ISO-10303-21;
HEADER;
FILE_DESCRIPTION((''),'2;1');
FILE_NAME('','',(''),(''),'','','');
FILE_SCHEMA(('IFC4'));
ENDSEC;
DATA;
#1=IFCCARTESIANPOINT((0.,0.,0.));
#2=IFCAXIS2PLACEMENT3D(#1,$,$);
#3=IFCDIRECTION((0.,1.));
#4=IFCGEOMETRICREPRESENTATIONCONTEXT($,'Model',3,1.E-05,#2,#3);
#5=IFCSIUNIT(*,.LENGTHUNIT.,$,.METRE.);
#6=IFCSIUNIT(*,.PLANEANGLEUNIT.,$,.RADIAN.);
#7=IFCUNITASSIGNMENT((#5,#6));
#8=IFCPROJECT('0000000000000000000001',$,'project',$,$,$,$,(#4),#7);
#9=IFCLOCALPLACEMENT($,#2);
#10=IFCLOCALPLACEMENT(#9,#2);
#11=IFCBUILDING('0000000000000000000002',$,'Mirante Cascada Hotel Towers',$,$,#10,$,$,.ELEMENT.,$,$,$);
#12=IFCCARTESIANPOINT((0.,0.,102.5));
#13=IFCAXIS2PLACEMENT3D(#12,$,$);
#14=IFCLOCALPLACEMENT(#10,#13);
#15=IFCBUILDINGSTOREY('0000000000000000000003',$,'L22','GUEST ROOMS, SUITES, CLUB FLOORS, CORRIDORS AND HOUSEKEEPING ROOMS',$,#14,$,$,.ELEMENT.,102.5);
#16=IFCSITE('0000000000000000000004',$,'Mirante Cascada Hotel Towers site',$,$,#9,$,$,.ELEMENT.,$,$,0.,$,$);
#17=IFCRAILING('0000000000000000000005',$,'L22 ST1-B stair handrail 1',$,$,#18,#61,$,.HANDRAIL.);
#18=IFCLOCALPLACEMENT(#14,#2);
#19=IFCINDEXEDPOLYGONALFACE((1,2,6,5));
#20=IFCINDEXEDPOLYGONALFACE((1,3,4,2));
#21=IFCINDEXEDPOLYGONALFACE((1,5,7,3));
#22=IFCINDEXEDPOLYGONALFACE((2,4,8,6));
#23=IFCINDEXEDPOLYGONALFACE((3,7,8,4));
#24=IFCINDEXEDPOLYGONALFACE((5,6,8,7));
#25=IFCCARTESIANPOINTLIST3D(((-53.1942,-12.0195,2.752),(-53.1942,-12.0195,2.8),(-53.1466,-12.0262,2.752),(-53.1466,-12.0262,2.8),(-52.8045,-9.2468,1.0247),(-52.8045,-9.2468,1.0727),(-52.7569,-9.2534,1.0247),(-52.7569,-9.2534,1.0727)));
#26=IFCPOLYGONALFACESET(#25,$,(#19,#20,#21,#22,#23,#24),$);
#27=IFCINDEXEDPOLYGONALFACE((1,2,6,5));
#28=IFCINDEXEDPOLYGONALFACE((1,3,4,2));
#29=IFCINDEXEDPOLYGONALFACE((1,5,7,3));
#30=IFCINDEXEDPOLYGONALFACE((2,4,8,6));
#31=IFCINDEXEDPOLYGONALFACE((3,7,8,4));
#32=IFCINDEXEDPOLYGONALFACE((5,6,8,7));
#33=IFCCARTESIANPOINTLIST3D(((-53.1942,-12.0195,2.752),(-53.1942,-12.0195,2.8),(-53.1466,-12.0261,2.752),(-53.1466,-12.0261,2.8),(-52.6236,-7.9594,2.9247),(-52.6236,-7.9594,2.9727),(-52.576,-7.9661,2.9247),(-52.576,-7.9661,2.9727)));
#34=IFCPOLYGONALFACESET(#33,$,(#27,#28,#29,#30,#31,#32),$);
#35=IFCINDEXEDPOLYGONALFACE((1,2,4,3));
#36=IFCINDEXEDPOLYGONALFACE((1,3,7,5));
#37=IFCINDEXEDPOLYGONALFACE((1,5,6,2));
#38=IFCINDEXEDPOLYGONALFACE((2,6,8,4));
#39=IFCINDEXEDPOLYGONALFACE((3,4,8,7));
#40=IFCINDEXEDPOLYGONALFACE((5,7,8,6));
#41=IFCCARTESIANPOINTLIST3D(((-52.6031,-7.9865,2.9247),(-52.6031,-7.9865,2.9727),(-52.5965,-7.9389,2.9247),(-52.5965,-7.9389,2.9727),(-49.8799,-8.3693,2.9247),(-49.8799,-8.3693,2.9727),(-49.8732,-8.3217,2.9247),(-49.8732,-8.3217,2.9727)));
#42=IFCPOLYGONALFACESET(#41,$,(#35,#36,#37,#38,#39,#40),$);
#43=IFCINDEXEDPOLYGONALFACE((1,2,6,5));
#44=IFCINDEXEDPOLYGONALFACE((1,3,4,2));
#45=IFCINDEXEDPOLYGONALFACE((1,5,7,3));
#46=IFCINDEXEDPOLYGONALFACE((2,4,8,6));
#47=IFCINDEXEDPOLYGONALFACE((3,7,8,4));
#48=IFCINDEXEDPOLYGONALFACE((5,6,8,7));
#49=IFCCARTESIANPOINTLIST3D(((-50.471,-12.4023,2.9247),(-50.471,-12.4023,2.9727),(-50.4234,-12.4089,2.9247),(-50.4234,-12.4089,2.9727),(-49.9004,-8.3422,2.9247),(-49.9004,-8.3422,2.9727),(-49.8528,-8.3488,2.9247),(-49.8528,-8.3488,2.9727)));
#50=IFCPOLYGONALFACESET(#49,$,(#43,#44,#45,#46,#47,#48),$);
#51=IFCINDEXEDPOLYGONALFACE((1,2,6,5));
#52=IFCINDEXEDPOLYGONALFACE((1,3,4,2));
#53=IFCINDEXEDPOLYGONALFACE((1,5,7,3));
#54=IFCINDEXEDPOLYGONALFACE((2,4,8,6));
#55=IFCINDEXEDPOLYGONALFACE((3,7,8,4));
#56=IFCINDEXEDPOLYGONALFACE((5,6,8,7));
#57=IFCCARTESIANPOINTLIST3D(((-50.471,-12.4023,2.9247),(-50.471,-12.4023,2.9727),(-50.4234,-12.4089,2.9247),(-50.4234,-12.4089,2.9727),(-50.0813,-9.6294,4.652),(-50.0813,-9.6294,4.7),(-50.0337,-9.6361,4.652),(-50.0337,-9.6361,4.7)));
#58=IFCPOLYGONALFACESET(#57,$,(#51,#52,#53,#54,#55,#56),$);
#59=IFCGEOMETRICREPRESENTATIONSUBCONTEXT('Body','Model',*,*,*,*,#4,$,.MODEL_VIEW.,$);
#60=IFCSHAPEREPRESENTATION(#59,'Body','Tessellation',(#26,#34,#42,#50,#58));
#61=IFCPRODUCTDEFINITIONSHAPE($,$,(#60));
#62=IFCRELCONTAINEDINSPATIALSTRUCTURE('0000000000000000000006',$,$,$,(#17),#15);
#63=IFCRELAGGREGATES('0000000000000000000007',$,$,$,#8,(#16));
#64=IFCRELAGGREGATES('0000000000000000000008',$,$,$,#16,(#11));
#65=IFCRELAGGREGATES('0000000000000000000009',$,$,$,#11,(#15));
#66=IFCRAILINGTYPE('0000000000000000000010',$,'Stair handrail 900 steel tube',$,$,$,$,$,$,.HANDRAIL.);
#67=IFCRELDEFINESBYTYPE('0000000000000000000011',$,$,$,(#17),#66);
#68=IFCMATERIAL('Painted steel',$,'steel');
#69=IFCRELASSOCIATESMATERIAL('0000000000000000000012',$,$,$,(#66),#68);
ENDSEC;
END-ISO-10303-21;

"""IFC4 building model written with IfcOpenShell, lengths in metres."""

from ifc_helpers import new_model, si_unit, direction, frame, origin, origin_2d, place, context, subcontext, project, spatial, rectangle, extrude, material, type_object, element, save


model = new_model("IFC4")

# Units and contexts
model_context = context("Model", 3, precision=1e-05, world=origin(), true_north=direction((0.0, 1.0)))
body_context = subcontext(model_context, "Body", "Model", "MODEL_VIEW")
ifc_project = project(units=[si_unit("LENGTHUNIT", "METRE"), si_unit("PLANEANGLEUNIT", "RADIAN")], contexts=[model_context])

# Site, building, storey
site_placement = place(None, origin())
site = spatial("IfcSite", under=ifc_project, at=site_placement, Name="Mirante Cascada Hotel Towers site", CompositionType="ELEMENT", RefElevation=0.0)
building_placement = place(site_placement, origin())
building = spatial("IfcBuilding", under=site, at=building_placement, Name="Mirante Cascada Hotel Towers", CompositionType="ELEMENT")
storey_placement = place(building_placement, frame((0.0, 0.0, 102.5)))
storey = spatial("IfcBuildingStorey", under=building, at=storey_placement, Name="L22", Description="GUEST ROOMS, SUITES, CLUB FLOORS, CORRIDORS AND HOUSEKEEPING ROOMS", CompositionType="ELEMENT", Elevation=102.5)

# Railing
ifc_material_1 = material(Name="Painted steel", Category="steel")
railing_type_1 = type_object("IfcRailingType", Name="Stair handrail 900 steel tube", PredefinedType="HANDRAIL", material=ifc_material_1)
railing_1_placement = place(storey_placement, frame((-52.7807, -9.2501, 0.1727)))
element("IfcRailing", 1, at=railing_1_placement, inside=storey, type_object=railing_type_1, Name="L22 ST1-B stair handrail 1", PredefinedType="HANDRAIL", context=body_context, shape_type="SweptSolid", body=[
    extrude(rectangle(XDim=0.048, YDim=0.048, at=origin_2d()), frame((0.0, 0.0, 0.876), z_axis=(-0.139181, -0.990267, 0.0), x_axis=(0.990267, -0.139181, 0.0)), (0.0, 0.525035, 0.851081), 3.2899),
    extrude(rectangle(XDim=0.048, YDim=0.048, at=origin_2d()), frame((-0.3897, -2.7727, 2.6033), z_axis=(0.139171, 0.990268, 0.0), x_axis=(-0.990268, 0.139171, 0.0)), (0.0, 0.042085, 0.999114), 4.1036),
    extrude(rectangle(XDim=0.048, YDim=0.048, at=origin_2d()), frame((0.1809, 1.2874, 2.776), z_axis=(0.990264, -0.139201, 0.0), x_axis=(0.139201, 0.990264, 0.0)), (0.0, 0.0, 1.0), 2.75),
    extrude(rectangle(XDim=0.048, YDim=0.048, at=origin_2d()), frame((2.9041, 0.9046, 2.776), z_axis=(-0.139171, -0.990268, 0.0), x_axis=(0.990268, -0.139171, 0.0)), (0.0, 0.0, 1.0), 4.1),
    extrude(rectangle(XDim=0.048, YDim=0.048, at=origin_2d()), frame((2.3335, -3.1555, 2.776), z_axis=(0.139176, 0.990268, 0.0), x_axis=(-0.990268, 0.139176, 0.0)), (0.0, 0.525021, 0.851089), 3.29),
])

save(model, "model.ifc")
